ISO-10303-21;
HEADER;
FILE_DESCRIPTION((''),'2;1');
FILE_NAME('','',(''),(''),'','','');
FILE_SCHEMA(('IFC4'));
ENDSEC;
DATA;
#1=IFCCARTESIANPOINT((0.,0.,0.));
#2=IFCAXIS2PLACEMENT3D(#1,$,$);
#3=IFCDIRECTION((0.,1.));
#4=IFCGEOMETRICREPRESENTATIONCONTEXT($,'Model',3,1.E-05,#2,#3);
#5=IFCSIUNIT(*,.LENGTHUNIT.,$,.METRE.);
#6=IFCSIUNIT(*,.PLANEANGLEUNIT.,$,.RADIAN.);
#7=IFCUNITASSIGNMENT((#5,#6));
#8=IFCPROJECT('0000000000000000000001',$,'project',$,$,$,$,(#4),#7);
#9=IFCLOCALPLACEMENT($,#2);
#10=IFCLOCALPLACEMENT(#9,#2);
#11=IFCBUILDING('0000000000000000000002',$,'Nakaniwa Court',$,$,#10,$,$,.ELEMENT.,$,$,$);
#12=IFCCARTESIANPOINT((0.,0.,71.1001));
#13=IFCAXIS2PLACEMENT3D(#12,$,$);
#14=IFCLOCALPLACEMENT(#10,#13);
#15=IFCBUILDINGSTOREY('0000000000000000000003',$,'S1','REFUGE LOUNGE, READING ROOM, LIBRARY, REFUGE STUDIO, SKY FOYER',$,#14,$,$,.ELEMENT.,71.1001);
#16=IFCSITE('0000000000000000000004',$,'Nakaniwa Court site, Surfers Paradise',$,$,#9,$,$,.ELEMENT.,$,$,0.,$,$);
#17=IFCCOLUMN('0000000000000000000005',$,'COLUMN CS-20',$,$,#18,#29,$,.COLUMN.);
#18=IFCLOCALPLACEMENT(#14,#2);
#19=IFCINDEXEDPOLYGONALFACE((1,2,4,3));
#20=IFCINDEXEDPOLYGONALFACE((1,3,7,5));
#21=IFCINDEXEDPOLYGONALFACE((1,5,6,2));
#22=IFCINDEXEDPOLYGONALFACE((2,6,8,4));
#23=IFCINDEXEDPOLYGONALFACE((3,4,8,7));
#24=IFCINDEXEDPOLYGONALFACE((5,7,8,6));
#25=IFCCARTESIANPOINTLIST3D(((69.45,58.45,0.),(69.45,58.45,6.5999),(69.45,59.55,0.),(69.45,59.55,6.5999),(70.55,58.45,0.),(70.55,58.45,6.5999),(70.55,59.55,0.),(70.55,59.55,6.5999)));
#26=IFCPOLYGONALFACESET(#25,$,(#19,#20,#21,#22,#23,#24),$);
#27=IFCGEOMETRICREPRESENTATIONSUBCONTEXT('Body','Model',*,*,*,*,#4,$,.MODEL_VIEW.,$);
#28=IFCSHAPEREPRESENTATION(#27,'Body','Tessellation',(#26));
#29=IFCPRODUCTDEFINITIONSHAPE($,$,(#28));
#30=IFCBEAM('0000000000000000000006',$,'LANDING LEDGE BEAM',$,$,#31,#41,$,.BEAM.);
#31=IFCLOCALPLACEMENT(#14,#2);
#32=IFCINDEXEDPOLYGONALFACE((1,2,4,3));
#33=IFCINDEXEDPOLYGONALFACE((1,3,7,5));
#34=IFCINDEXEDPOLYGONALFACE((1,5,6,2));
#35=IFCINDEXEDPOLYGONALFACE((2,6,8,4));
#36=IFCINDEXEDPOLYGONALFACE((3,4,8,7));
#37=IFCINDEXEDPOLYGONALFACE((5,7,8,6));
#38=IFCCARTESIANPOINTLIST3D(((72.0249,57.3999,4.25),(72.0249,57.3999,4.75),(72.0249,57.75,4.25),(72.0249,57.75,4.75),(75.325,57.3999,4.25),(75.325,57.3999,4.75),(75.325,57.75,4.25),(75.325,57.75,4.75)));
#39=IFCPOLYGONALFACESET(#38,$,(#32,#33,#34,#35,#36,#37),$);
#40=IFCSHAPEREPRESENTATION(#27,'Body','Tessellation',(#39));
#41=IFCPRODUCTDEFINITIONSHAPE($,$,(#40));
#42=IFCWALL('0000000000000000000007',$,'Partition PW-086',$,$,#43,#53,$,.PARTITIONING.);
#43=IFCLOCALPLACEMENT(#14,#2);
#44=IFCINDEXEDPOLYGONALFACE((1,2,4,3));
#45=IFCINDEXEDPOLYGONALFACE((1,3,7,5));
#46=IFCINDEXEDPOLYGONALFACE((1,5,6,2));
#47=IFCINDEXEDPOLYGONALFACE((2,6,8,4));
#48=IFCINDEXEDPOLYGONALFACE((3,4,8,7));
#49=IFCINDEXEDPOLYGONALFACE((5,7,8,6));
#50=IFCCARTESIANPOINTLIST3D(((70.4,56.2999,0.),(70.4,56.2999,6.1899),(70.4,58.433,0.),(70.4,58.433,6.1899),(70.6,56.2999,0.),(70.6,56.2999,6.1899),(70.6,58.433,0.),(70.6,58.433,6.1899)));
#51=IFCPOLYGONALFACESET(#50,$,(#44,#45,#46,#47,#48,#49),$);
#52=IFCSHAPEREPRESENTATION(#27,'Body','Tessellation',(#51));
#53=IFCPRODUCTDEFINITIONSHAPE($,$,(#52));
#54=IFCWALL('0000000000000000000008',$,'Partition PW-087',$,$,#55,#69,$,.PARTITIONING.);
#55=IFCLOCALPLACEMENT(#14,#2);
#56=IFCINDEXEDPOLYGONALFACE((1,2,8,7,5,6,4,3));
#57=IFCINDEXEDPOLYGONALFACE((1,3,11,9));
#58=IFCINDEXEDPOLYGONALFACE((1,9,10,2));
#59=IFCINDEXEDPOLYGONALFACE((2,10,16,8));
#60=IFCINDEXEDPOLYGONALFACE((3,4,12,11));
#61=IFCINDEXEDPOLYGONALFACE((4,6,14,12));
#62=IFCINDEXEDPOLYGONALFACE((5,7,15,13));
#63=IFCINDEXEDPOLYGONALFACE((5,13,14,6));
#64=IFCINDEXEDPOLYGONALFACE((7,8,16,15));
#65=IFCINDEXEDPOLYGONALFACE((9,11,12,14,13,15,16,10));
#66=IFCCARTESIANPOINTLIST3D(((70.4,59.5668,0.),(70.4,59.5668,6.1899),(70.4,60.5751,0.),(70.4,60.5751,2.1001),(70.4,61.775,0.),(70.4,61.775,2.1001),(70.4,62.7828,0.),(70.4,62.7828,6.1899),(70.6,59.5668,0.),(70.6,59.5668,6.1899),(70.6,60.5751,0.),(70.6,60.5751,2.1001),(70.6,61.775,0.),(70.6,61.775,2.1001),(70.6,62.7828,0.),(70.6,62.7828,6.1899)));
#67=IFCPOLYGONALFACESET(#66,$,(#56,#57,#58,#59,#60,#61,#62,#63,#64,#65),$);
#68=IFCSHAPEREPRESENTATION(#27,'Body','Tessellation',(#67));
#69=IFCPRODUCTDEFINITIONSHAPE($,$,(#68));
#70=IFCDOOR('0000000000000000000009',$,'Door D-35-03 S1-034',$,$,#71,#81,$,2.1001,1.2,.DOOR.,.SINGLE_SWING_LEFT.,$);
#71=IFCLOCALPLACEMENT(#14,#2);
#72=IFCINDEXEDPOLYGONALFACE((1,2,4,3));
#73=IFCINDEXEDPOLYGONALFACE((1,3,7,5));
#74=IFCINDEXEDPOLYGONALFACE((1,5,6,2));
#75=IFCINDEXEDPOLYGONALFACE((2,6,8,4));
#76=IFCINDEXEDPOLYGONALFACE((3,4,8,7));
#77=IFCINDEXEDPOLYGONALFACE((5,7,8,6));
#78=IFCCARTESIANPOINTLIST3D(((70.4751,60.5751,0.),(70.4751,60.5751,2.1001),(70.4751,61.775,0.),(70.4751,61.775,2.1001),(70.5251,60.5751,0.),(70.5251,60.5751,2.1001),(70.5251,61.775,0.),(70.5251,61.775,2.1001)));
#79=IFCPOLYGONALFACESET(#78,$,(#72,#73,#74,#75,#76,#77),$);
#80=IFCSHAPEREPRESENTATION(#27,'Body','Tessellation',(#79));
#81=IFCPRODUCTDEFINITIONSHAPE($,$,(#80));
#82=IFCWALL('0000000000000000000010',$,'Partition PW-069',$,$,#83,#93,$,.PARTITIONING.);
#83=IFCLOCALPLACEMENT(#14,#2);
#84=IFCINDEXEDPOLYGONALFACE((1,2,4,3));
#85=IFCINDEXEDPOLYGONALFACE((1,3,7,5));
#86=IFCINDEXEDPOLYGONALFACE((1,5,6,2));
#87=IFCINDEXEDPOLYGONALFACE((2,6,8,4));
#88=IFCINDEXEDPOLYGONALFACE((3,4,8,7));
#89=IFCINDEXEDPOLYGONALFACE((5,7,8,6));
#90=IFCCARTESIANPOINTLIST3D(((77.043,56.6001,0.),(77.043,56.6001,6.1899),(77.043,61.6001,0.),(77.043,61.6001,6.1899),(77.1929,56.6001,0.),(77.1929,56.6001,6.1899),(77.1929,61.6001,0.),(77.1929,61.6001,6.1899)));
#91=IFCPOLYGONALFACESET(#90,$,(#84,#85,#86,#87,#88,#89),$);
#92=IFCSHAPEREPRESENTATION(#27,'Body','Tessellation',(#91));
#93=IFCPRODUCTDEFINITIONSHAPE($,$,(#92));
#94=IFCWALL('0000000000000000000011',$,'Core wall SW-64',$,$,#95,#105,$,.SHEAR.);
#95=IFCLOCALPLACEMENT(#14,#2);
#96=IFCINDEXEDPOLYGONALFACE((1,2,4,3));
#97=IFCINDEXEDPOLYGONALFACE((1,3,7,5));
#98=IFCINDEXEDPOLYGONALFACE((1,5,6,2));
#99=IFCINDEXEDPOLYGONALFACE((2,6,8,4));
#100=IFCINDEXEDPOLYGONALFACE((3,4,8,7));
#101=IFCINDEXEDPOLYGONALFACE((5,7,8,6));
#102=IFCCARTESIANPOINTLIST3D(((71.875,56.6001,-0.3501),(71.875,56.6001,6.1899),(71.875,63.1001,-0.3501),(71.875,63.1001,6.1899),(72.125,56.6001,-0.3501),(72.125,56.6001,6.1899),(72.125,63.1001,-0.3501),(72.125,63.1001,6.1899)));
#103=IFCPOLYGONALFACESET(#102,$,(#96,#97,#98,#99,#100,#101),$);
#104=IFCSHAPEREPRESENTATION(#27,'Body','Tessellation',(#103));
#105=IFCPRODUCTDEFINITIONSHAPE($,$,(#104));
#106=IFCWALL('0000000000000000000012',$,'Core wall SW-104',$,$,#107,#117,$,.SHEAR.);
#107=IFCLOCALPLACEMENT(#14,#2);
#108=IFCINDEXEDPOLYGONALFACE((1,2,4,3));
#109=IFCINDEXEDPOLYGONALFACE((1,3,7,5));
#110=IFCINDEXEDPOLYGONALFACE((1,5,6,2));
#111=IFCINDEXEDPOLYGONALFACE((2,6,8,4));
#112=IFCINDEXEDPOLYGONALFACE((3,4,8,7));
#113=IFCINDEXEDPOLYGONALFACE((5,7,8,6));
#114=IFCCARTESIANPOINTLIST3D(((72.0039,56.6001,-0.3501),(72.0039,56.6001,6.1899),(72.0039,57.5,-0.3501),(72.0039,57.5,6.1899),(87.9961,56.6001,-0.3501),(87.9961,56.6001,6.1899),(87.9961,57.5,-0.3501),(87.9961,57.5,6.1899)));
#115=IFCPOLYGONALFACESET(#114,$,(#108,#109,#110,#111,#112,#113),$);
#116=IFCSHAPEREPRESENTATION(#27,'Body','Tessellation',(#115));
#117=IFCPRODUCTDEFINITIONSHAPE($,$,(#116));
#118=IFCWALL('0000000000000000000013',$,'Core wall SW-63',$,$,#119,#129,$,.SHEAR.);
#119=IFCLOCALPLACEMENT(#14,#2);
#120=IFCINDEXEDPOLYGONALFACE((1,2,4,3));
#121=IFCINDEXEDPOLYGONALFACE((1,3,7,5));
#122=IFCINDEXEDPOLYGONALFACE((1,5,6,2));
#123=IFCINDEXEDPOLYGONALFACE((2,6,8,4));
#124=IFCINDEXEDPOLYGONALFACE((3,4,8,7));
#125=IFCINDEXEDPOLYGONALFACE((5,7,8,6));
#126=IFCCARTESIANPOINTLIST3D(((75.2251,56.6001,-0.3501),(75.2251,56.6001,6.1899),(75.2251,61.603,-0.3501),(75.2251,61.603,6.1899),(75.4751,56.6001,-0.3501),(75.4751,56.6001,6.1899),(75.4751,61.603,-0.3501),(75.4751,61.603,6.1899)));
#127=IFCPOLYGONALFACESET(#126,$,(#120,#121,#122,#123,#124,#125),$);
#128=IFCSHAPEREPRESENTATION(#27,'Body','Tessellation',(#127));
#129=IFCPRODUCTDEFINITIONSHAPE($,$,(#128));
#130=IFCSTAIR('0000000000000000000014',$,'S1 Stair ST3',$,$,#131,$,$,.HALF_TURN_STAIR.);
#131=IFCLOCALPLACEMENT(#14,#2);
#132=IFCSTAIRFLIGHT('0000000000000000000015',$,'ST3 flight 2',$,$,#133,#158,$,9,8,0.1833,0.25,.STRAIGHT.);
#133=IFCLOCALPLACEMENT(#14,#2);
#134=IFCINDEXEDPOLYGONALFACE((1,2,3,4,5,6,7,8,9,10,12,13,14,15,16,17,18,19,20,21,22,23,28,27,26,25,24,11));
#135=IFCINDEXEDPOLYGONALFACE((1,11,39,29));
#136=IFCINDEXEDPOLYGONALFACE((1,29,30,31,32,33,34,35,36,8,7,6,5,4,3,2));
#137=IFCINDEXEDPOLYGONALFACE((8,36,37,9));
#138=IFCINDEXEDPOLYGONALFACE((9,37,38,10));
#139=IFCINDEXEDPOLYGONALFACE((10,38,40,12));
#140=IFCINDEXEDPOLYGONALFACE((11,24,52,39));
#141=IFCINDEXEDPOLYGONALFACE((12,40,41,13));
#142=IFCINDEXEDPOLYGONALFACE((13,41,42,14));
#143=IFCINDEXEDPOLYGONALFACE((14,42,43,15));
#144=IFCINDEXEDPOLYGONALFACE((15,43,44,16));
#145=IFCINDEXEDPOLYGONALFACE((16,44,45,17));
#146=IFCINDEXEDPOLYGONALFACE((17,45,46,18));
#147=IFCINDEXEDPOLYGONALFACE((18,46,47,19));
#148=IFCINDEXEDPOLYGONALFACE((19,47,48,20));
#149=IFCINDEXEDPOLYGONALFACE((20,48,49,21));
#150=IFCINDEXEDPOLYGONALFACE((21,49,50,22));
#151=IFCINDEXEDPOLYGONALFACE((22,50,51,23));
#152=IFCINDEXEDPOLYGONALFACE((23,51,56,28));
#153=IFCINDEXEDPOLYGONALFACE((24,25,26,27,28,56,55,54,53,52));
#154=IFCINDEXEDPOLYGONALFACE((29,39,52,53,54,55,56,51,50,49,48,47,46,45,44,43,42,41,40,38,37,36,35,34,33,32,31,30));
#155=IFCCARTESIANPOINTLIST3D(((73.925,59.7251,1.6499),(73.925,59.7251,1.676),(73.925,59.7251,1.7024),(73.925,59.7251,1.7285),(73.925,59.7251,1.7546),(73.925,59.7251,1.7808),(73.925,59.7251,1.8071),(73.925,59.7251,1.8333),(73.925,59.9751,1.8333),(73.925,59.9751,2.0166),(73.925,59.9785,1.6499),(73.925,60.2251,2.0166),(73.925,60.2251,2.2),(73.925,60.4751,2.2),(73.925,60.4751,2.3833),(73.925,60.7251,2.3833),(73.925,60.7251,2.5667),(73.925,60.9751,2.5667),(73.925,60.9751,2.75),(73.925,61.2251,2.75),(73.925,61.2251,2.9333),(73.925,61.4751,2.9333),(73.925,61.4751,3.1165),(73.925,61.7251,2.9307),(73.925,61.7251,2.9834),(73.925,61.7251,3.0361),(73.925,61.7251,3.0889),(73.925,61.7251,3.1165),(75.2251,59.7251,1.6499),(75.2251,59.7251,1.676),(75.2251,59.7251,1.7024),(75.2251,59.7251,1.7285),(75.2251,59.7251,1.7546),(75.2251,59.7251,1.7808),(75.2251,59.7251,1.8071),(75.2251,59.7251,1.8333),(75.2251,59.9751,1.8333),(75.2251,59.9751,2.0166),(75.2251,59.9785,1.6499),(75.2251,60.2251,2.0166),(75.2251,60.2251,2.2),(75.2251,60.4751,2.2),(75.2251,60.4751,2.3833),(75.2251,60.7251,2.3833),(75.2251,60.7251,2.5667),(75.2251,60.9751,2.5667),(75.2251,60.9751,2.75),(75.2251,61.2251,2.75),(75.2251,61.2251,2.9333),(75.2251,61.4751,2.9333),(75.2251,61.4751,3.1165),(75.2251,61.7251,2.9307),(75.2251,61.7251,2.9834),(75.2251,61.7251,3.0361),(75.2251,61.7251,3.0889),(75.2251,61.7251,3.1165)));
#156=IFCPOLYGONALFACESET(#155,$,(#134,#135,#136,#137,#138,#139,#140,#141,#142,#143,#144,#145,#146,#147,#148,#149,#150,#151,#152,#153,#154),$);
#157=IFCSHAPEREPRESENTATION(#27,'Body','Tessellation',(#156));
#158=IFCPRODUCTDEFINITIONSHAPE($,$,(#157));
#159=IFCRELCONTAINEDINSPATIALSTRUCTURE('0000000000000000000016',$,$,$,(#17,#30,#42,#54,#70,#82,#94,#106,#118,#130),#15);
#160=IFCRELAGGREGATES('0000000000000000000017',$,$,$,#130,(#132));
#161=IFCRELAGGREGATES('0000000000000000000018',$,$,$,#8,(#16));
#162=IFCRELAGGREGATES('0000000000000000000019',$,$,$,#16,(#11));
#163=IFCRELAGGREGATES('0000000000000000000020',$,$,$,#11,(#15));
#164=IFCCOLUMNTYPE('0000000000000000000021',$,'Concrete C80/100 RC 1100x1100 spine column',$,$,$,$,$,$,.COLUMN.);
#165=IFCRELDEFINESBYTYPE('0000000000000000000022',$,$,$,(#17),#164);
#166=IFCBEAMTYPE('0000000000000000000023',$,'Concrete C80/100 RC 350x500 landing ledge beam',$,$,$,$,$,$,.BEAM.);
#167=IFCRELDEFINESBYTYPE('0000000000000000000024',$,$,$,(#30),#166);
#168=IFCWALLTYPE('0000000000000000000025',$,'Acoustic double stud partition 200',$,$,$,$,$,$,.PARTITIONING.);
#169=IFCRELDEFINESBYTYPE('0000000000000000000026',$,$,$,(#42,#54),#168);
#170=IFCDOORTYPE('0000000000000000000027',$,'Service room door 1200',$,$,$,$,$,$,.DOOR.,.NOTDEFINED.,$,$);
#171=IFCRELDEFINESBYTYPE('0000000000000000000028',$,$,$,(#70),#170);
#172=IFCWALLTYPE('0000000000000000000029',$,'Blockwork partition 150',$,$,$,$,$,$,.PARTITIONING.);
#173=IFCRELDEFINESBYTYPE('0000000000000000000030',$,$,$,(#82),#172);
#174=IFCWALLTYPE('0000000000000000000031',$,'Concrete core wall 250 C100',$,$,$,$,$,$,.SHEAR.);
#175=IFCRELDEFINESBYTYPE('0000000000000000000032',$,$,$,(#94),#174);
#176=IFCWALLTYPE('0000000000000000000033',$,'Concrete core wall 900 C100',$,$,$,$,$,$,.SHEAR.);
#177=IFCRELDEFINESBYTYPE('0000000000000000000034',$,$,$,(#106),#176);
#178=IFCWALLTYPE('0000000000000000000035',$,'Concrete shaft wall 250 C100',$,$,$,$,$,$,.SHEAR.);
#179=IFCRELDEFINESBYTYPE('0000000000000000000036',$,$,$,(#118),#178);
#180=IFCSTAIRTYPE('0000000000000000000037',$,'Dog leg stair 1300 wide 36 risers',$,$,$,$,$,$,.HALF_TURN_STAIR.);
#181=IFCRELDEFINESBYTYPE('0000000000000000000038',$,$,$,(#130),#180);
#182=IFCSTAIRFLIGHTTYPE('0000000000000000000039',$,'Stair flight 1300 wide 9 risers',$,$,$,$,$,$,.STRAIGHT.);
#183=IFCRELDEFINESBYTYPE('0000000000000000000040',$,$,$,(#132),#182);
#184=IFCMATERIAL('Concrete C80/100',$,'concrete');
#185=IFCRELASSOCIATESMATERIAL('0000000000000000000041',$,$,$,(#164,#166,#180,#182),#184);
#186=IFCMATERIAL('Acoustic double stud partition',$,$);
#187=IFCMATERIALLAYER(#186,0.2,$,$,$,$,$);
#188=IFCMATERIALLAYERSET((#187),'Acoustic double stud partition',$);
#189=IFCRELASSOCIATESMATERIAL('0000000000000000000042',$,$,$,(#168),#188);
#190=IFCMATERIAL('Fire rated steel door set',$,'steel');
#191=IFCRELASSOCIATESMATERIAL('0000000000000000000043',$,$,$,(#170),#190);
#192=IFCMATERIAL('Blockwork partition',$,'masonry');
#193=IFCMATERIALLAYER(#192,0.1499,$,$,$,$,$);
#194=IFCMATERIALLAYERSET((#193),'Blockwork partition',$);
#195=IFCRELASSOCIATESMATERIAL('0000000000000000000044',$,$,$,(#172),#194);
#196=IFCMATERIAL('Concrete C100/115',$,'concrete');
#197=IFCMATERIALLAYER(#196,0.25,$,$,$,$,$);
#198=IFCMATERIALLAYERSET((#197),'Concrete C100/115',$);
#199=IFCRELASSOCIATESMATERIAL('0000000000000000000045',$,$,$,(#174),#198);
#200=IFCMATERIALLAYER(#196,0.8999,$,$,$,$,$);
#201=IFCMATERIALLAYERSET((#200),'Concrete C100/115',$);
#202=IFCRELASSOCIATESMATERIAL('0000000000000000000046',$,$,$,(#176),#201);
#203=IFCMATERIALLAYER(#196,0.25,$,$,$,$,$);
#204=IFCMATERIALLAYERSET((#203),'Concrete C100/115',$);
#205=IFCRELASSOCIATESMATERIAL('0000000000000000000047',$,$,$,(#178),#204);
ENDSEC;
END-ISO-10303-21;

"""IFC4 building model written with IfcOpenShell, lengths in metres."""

from ifc_helpers import new_model, si_unit, direction, frame, frame_2d, origin, origin_2d, place, context, subcontext, project, spatial, polyline, rectangle, outline, extrude, material, layer, layer_set, material_profile, profile_set, type_object, element, fill, aggregate, save


model = new_model("IFC4")

# Units and contexts
model_context = context("Model", 3, precision=1e-05, world=origin(), true_north=direction((0.0, 1.0)))
body_context = subcontext(model_context, "Body", "Model", "MODEL_VIEW")
ifc_project = project(units=[si_unit("LENGTHUNIT", "METRE"), si_unit("PLANEANGLEUNIT", "RADIAN")], contexts=[model_context])

# Site, building, storey
site_placement = place(None, origin())
site = spatial("IfcSite", under=ifc_project, at=site_placement, Name="Nakaniwa Court site, Surfers Paradise", CompositionType="ELEMENT", RefElevation=0.0)
building_placement = place(site_placement, origin())
building = spatial("IfcBuilding", under=site, at=building_placement, Name="Nakaniwa Court", CompositionType="ELEMENT")
storey_placement = place(building_placement, frame((0.0, 0.0, 71.1001)))
storey = spatial("IfcBuildingStorey", under=building, at=storey_placement, Name="S1", Description="REFUGE LOUNGE, READING ROOM, LIBRARY, REFUGE STUDIO, SKY FOYER", CompositionType="ELEMENT", Elevation=71.1001)

# Column
ifc_material_1 = material(Name="Concrete C80/100", Category="concrete")
ifc_material_profile_1 = material_profile(ifc_material_1, rectangle(XDim=1.1001, YDim=1.1001, at=origin_2d()), Name="Concrete C80/100 RC 1100x1100 spine column")
ifc_profile_set_1 = profile_set([ifc_material_profile_1], Name="Concrete C80/100")
column_type = type_object("IfcColumnType", Name="Concrete C80/100 RC 1100x1100 spine column", PredefinedType="COLUMN", material=ifc_profile_set_1)
column_placement = place(storey_placement, frame((70.0, 59.0, 0.0), z_axis=(0.0, 0.0, 1.0), x_axis=(0.0, -1.0, 0.0)))
element("IfcColumn", 1, at=column_placement, inside=storey, type_object=column_type, Name="COLUMN CS-20", PredefinedType="COLUMN", context=body_context, shape_type="SweptSolid", body=[
    extrude(rectangle(XDim=1.1001, YDim=1.1001, at=origin_2d()), origin(), (0.0, 0.0, 1.0), 6.5999),
])

# Beam
ifc_material_profile_2 = material_profile(ifc_material_1, rectangle(XDim=0.3501, YDim=0.5, at=origin_2d()), Name="Concrete C80/100 RC 350x500 landing ledge beam")
ifc_profile_set_2 = profile_set([ifc_material_profile_2], Name="Concrete C80/100")
beam_type = type_object("IfcBeamType", Name="Concrete C80/100 RC 350x500 landing ledge beam", PredefinedType="BEAM", material=ifc_profile_set_2)
beam_placement = place(storey_placement, frame((72.0249, 57.575, 4.5), z_axis=(1.0, 0.0, 0.0), x_axis=(0.0, 1.0, 0.0)))
element("IfcBeam", 2, at=beam_placement, inside=storey, type_object=beam_type, Name="LANDING LEDGE BEAM", PredefinedType="BEAM", context=body_context, shape_type="SweptSolid", body=[
    extrude(rectangle(XDim=0.3501, YDim=0.5, at=origin_2d()), origin(), (0.0, 0.0, 1.0), 3.3),
])

# Wall
ifc_material_2 = material(Name="Acoustic double stud partition")
ifc_layer_1 = layer(ifc_material_2, 0.2)
ifc_layer_set_1 = layer_set([ifc_layer_1], Name="Acoustic double stud partition")
wall_type_1 = type_object("IfcWallType", Name="Acoustic double stud partition 200", PredefinedType="PARTITIONING", material=ifc_layer_set_1)
wall_1_placement = place(storey_placement, frame((70.5, 56.3, 0.0), z_axis=(0.0, 0.0, 1.0), x_axis=(0.0, 1.0, 0.0)))
element("IfcWall", 3, at=wall_1_placement, inside=storey, type_object=wall_type_1, Name="Partition PW-086", PredefinedType="PARTITIONING", context=body_context, shape_type="SweptSolid", body=[
    extrude(rectangle(XDim=2.1331, YDim=0.2, at=frame_2d((1.0664, 0.0))), origin(), (0.0, 0.0, 1.0), 6.1899),
])

# Wall, opening, door
wall_2_placement = place(storey_placement, frame((70.5, 59.5669, 0.0), z_axis=(0.0, 0.0, 1.0), x_axis=(0.0, 1.0, 0.0)))
wall_2 = element("IfcWall", 4, at=wall_2_placement, inside=storey, type_object=wall_type_1, Name="Partition PW-087", PredefinedType="PARTITIONING", context=body_context, shape_type="SweptSolid", body=[
    extrude(rectangle(XDim=3.2161, YDim=0.2, at=frame_2d((1.6079, 0.0))), origin(), (0.0, 0.0, 1.0), 6.1899),
])
opening_placement = place(wall_2_placement, frame((1.0081, 0.0, 0.0)))
opening = element("IfcOpeningElement", 5, at=opening_placement, cuts=wall_2, PredefinedType="OPENING", context=body_context, shape_type="SweptSolid", body=[
    extrude(rectangle(XDim=1.2, YDim=2.1001, at=frame_2d((0.6001, 1.05))), frame((0.0, 0.1099, 0.0), z_axis=(0.0, -1.0, 0.0), x_axis=(1.0, 0.0, 0.0)), (0.0, 0.0, 1.0), 0.22),
])
ifc_material_3 = material(Name="Fire rated steel door set", Category="steel")
door_type = type_object("IfcDoorType", Name="Service room door 1200", OperationType="NOTDEFINED", PredefinedType="DOOR", material=ifc_material_3)
door_placement = place(opening_placement, origin())
door = element("IfcDoor", 6, at=door_placement, inside=storey, type_object=door_type, Name="Door D-35-03 S1-034", OperationType="SINGLE_SWING_LEFT", OverallHeight=2.1001, OverallWidth=1.2, PredefinedType="DOOR", context=body_context, shape_type="SweptSolid", body=[
    extrude(rectangle(XDim=1.2, YDim=2.1001, at=frame_2d((0.6001, 1.05))), frame((0.0, 0.0249, 0.0), z_axis=(0.0, -1.0, 0.0), x_axis=(1.0, 0.0, 0.0)), (0.0, 0.0, 1.0), 0.05),
])
fill(opening, door)

# Walls
ifc_material_4 = material(Name="Blockwork partition", Category="masonry")
ifc_layer_2 = layer(ifc_material_4, 0.1499)
ifc_layer_set_2 = layer_set([ifc_layer_2], Name="Blockwork partition")
wall_type_2 = type_object("IfcWallType", Name="Blockwork partition 150", PredefinedType="PARTITIONING", material=ifc_layer_set_2)
wall_3_placement = place(storey_placement, frame((77.1179, 56.6001, 0.0), z_axis=(0.0, 0.0, 1.0), x_axis=(0.0, 1.0, 0.0)))
element("IfcWall", 7, at=wall_3_placement, inside=storey, type_object=wall_type_2, Name="Partition PW-069", PredefinedType="PARTITIONING", context=body_context, shape_type="SweptSolid", body=[
    extrude(rectangle(XDim=5.0, YDim=0.1499, at=frame_2d((2.5, 0.0))), origin(), (0.0, 0.0, 1.0), 6.1899),
])
ifc_material_5 = material(Name="Concrete C100/115", Category="concrete")
ifc_layer_3 = layer(ifc_material_5, 0.25)
ifc_layer_set_3 = layer_set([ifc_layer_3], Name="Concrete C100/115")
wall_type_3 = type_object("IfcWallType", Name="Concrete core wall 250 C100", PredefinedType="SHEAR", material=ifc_layer_set_3)
wall_4_placement = place(storey_placement, frame((72.0, 56.6001, -0.3501), z_axis=(0.0, 0.0, 1.0), x_axis=(0.0, 1.0, 0.0)))
element("IfcWall", 8, at=wall_4_placement, inside=storey, type_object=wall_type_3, Name="Core wall SW-64", PredefinedType="SHEAR", context=body_context, shape_type="SweptSolid", body=[
    extrude(rectangle(XDim=6.5, YDim=0.25, at=frame_2d((3.25, 0.0))), origin(), (0.0, 0.0, 1.0), 6.54),
])
ifc_layer_4 = layer(ifc_material_5, 0.8999)
ifc_layer_set_4 = layer_set([ifc_layer_4], Name="Concrete C100/115")
wall_type_4 = type_object("IfcWallType", Name="Concrete core wall 900 C100", PredefinedType="SHEAR", material=ifc_layer_set_4)
wall_5_placement = place(storey_placement, frame((72.0039, 57.05, -0.3501), z_axis=(0.0, 0.0, 1.0), x_axis=(1.0, 0.0, 0.0)))
element("IfcWall", 9, at=wall_5_placement, inside=storey, type_object=wall_type_4, Name="Core wall SW-104", PredefinedType="SHEAR", context=body_context, shape_type="SweptSolid", body=[
    extrude(rectangle(XDim=15.9922, YDim=0.8999, at=frame_2d((7.9961, 0.0))), origin(), (0.0, 0.0, 1.0), 6.54),
])
ifc_layer_5 = layer(ifc_material_5, 0.25)
ifc_layer_set_5 = layer_set([ifc_layer_5], Name="Concrete C100/115")
wall_type_5 = type_object("IfcWallType", Name="Concrete shaft wall 250 C100", PredefinedType="SHEAR", material=ifc_layer_set_5)
wall_6_placement = place(storey_placement, frame((75.3501, 56.6001, -0.3501), z_axis=(0.0, 0.0, 1.0), x_axis=(0.0, 1.0, 0.0)))
element("IfcWall", 10, at=wall_6_placement, inside=storey, type_object=wall_type_5, Name="Core wall SW-63", PredefinedType="SHEAR", context=body_context, shape_type="SweptSolid", body=[
    extrude(rectangle(XDim=5.0029, YDim=0.25, at=frame_2d((2.5015, 0.0))), origin(), (0.0, 0.0, 1.0), 6.54),
])

# Stair, stair flight
stair_type = type_object("IfcStairType", Name="Dog leg stair 1300 wide 36 risers", PredefinedType="HALF_TURN_STAIR", material=ifc_material_1)
stair_placement = place(storey_placement, origin())
stair = element("IfcStair", 11, at=stair_placement, inside=storey, type_object=stair_type, Name="S1 Stair ST3", PredefinedType="HALF_TURN_STAIR")
stair_flight_type = type_object("IfcStairFlightType", Name="Stair flight 1300 wide 9 risers", PredefinedType="STRAIGHT", material=ifc_material_1)
stair_flight_1_placement = place(storey_placement, frame((74.575, 59.7251, 1.6499), z_axis=(0.0, 0.0, 1.0), x_axis=(0.0, 1.0, 0.0)))
stair_flight_1 = element("IfcStairFlight", 12, at=stair_flight_1_placement, type_object=stair_flight_type, Name="ST3 flight 2", NumberOfRisers=9, NumberOfTreads=8, PredefinedType="STRAIGHT", RiserHeight=0.1833, TreadLength=0.25, context=body_context, shape_type="SweptSolid", body=[
    extrude(outline(polyline([(0.0, 0.0), (0.0, 0.0261), (0.0, 0.0525), (0.0, 0.0786), (0.0, 0.1047), (0.0, 0.1309), (0.0, 0.1572), (0.0, 0.1833), (0.25, 0.1833), (0.25, 0.3667), (0.5, 0.3667), (0.5, 0.55), (0.75, 0.55), (0.75, 0.7334), (1.0, 0.7334), (1.0, 0.9167), (1.25, 0.9167), (1.25, 1.1001), (1.5, 1.1001), (1.5, 1.2834), (1.75, 1.2834), (1.75, 1.4666), (2.0, 1.4666), (2.0, 1.6499), (2.0, 1.5972), (2.0, 1.5444), (2.0, 1.4917), (2.0, 1.439), (2.0, 1.3862), (2.0, 1.3335), (2.0, 1.2808), (0.2534, 0.0), (0.0, 0.0)])), frame((0.0, 0.6499, 0.0), z_axis=(0.0, -1.0, 0.0), x_axis=(1.0, 0.0, 0.0)), (0.0, 0.0, 1.0), 1.3),
])
aggregate(stair, [stair_flight_1])

save(model, "model.ifc")
